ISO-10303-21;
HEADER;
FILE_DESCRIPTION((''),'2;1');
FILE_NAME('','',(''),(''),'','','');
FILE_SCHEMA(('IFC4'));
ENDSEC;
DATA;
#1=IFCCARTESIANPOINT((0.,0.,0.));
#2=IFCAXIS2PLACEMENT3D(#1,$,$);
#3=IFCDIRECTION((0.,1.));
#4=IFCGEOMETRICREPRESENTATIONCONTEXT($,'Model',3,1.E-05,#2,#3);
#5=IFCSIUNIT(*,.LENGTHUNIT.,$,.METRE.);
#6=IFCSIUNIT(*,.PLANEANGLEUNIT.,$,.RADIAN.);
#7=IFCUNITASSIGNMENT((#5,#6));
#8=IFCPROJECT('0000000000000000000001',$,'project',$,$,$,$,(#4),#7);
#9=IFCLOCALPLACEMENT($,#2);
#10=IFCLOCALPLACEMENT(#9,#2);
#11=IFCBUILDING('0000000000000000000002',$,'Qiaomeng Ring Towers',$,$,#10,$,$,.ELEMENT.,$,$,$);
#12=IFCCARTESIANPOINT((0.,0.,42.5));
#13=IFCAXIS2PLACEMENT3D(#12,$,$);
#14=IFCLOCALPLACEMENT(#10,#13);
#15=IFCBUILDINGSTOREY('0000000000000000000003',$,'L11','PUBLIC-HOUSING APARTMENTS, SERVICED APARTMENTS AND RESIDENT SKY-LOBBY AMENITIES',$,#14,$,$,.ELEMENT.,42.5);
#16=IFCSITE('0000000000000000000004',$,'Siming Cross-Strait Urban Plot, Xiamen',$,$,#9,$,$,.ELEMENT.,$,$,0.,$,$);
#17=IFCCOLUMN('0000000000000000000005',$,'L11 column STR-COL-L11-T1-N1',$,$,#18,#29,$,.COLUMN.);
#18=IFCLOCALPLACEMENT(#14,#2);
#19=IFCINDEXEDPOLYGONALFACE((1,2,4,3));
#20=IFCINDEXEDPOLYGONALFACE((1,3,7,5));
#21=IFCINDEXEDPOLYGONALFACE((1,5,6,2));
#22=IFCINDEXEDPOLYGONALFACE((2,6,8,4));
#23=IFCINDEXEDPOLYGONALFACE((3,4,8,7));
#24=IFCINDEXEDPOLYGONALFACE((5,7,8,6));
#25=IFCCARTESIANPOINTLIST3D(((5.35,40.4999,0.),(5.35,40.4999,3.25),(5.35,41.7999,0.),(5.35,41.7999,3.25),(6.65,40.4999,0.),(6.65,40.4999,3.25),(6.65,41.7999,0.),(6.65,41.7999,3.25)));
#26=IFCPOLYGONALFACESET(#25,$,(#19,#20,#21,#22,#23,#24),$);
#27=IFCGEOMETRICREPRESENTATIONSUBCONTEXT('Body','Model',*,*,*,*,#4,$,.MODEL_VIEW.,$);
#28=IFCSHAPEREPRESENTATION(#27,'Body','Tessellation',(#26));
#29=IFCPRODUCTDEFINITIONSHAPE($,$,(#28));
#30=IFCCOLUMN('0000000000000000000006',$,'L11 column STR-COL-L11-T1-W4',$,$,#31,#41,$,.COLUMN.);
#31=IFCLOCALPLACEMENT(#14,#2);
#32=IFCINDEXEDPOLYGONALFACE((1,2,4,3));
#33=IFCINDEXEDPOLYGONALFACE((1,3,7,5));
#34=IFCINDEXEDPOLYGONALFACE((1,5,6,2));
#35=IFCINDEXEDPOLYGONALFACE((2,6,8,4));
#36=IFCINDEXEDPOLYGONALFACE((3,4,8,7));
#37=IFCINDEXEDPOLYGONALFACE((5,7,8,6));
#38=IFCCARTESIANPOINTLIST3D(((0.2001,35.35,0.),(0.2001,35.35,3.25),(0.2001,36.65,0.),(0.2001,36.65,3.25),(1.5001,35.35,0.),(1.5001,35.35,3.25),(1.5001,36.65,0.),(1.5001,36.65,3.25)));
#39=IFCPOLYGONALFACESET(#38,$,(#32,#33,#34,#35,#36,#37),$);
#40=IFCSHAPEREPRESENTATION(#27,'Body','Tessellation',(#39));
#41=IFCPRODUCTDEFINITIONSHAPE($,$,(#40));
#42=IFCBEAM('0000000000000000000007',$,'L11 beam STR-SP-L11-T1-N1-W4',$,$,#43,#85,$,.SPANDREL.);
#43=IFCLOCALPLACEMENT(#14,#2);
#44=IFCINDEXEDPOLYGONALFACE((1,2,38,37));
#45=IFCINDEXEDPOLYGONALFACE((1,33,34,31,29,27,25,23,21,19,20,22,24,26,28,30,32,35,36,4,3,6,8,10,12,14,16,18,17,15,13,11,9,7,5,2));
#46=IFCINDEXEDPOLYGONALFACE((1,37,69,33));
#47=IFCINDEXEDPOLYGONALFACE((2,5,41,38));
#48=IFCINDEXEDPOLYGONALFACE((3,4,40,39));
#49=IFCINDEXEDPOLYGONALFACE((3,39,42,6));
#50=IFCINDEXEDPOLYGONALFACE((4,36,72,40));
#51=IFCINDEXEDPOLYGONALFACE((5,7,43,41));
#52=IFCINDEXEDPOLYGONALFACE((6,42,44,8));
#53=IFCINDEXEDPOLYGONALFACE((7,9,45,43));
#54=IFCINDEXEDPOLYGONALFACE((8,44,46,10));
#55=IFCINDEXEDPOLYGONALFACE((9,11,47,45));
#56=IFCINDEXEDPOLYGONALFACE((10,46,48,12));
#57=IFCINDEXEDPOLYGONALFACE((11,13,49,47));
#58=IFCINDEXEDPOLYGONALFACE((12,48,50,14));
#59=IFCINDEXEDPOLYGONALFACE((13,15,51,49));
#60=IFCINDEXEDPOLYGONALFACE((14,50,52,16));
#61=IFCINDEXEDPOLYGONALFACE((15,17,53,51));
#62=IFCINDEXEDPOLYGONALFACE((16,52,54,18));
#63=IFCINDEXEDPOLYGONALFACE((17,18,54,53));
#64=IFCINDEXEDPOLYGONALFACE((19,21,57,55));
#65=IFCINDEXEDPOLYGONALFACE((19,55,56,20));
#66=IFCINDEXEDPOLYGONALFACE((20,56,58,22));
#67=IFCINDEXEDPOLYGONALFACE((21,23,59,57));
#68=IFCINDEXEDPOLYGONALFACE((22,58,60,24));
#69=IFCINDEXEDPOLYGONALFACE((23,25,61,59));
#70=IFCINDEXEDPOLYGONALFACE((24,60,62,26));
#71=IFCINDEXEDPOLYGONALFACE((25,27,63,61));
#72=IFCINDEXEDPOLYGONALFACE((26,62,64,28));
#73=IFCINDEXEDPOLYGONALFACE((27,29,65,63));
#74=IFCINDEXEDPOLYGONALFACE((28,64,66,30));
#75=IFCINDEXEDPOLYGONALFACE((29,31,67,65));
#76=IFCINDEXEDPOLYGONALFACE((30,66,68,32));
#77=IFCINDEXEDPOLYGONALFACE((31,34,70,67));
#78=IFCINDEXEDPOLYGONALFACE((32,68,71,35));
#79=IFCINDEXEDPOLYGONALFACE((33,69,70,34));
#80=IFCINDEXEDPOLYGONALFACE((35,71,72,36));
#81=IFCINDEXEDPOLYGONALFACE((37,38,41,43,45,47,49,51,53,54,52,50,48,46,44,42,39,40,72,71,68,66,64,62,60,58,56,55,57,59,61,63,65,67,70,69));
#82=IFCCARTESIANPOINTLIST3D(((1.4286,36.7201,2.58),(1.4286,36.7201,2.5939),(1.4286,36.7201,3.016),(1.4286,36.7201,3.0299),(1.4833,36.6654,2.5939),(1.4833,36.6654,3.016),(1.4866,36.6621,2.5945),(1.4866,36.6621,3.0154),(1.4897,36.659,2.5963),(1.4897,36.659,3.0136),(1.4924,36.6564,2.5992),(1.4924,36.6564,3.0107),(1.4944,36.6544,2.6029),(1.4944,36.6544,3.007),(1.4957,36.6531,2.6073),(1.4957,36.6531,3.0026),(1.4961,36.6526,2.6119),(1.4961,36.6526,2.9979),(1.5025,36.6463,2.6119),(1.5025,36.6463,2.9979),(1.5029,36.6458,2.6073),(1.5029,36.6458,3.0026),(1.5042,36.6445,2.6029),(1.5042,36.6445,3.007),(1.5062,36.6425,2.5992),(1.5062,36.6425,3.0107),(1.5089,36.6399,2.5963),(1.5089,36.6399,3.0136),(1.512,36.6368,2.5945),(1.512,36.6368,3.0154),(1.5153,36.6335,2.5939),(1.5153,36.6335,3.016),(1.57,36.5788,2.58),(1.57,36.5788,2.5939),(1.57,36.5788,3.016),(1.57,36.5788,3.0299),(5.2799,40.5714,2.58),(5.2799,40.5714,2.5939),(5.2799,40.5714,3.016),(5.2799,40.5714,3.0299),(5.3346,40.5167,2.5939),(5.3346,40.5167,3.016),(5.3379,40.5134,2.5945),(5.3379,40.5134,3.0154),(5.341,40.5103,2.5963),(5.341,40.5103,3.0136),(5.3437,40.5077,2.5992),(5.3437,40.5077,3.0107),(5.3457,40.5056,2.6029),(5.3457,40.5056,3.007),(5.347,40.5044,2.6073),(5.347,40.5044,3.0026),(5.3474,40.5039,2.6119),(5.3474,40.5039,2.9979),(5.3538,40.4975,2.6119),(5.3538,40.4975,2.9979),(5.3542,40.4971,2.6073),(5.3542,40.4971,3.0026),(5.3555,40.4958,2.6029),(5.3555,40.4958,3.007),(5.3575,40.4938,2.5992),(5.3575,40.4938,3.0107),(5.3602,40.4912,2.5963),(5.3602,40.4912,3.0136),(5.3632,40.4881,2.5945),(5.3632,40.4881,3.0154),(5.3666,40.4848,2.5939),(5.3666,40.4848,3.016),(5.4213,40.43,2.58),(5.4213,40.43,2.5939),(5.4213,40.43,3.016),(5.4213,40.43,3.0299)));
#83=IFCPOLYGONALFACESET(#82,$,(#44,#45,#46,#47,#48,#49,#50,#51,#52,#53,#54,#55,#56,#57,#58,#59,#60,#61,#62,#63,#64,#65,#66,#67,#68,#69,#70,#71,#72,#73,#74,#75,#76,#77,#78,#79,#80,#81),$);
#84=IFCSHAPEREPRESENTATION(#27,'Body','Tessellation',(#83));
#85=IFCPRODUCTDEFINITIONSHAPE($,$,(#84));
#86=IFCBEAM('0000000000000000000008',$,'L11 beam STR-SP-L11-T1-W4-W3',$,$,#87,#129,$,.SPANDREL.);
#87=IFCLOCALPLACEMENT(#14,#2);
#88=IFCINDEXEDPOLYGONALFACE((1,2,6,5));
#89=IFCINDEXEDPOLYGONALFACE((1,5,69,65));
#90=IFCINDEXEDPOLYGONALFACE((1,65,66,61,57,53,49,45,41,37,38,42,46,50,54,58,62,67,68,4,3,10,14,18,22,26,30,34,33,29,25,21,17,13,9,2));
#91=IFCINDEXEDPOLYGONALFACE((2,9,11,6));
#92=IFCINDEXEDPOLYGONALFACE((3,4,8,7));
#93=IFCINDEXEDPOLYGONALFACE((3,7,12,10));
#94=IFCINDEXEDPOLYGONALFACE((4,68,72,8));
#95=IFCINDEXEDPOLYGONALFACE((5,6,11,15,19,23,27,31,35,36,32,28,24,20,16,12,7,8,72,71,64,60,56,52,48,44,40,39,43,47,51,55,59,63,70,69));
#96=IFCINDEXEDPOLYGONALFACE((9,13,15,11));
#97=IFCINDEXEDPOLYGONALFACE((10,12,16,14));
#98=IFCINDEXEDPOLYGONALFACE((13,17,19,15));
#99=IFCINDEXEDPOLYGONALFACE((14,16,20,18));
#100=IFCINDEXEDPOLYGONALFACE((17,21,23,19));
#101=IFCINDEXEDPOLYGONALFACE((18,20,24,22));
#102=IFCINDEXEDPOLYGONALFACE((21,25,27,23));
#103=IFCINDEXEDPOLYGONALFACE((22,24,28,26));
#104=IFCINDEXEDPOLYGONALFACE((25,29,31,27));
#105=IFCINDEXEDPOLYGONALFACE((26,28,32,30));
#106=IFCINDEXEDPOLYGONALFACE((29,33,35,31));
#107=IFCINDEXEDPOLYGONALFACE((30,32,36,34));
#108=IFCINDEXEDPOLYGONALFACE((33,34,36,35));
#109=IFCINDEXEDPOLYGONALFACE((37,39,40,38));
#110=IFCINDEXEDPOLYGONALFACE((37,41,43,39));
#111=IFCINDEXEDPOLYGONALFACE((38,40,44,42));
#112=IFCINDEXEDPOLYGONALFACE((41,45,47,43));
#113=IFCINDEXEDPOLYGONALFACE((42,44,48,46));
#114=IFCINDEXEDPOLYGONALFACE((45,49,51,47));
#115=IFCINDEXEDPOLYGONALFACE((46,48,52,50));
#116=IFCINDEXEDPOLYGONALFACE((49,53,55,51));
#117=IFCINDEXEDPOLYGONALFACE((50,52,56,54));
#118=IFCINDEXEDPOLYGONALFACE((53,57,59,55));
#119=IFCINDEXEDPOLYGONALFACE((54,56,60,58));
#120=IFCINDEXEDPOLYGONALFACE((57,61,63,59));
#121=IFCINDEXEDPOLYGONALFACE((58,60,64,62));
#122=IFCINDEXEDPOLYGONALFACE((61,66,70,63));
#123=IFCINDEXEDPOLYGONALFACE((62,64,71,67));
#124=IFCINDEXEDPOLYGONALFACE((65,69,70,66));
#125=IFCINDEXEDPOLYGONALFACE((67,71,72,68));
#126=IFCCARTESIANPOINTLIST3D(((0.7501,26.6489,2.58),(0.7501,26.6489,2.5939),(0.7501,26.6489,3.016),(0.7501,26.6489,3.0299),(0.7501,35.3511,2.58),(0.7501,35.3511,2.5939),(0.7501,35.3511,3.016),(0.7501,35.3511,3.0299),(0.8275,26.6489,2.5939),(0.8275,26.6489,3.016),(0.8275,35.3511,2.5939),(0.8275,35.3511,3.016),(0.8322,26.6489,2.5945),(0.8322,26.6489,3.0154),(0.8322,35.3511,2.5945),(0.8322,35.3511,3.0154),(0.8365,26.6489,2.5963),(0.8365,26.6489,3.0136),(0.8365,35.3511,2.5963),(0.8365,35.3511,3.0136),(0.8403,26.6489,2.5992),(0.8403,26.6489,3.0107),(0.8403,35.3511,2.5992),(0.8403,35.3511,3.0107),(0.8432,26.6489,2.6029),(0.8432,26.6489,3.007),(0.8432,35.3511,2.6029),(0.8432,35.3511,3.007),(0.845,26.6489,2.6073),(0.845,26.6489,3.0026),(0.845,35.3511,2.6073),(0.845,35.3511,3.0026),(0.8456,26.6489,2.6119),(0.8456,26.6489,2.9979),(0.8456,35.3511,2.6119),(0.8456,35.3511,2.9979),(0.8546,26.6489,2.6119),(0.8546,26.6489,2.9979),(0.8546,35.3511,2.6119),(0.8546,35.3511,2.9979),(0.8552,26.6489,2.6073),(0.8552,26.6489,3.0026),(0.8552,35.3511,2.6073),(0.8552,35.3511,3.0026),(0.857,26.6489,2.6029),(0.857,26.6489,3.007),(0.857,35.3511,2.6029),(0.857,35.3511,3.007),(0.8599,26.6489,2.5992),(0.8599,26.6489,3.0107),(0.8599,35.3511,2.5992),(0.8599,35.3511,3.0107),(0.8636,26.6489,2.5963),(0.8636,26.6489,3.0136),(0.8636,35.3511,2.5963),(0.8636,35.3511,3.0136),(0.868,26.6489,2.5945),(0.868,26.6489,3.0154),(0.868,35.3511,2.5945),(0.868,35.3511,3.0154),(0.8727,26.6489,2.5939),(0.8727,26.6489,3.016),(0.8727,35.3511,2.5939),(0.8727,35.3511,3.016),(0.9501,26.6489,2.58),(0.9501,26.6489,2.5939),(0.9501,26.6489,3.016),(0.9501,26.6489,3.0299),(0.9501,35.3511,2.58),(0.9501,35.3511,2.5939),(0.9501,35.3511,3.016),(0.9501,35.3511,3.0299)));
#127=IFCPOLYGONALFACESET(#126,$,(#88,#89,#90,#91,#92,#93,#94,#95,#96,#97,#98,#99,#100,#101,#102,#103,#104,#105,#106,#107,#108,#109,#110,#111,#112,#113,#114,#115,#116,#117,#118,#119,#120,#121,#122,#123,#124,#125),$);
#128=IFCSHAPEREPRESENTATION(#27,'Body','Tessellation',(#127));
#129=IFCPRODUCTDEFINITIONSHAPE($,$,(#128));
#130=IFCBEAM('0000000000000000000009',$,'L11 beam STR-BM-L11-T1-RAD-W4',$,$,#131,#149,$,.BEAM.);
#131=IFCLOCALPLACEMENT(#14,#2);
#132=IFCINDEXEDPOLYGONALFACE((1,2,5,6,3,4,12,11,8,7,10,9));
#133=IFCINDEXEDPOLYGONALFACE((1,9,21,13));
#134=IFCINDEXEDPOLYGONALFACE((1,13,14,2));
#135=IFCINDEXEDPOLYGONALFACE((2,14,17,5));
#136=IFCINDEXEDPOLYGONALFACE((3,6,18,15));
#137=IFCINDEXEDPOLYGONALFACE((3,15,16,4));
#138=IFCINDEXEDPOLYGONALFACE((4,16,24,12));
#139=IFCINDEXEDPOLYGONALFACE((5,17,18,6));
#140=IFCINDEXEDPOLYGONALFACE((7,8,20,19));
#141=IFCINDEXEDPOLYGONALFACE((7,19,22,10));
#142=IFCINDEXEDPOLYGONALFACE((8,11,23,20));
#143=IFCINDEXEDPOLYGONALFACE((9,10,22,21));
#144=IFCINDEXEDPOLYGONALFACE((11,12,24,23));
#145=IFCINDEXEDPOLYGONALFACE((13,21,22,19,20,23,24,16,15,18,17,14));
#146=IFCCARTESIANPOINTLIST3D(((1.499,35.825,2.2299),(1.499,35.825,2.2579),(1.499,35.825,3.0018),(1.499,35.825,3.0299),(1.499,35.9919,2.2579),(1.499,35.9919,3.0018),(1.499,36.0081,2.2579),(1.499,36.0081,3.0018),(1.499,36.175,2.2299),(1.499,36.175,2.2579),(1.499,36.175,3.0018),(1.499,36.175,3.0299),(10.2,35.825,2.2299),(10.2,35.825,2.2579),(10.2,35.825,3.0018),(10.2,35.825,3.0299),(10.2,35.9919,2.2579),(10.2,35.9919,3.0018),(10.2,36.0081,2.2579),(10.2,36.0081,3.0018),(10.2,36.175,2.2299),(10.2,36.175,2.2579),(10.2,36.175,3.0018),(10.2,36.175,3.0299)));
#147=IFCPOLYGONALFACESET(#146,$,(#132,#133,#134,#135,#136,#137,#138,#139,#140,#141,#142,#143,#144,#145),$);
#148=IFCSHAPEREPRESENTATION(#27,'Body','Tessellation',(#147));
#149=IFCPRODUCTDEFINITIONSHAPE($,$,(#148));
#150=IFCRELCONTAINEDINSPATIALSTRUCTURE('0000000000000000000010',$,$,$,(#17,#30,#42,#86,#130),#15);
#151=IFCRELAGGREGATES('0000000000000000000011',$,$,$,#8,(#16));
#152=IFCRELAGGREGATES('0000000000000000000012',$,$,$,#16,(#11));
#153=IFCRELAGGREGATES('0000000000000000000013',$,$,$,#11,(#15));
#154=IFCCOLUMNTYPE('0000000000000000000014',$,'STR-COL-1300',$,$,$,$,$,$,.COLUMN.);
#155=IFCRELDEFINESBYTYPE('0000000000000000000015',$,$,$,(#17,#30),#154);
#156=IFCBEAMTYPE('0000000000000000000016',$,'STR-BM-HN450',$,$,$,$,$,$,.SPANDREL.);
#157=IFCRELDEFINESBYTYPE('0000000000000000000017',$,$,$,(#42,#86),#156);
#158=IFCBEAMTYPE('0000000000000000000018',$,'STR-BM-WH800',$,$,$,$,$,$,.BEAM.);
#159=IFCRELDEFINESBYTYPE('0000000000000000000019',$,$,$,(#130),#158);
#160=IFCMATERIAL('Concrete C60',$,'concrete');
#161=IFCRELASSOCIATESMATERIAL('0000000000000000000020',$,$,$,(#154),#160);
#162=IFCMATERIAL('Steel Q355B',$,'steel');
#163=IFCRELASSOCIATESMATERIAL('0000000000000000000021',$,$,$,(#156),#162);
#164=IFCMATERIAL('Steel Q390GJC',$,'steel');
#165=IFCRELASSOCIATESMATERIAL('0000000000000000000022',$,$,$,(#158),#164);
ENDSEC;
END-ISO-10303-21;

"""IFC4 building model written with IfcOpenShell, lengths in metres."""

from ifc_helpers import new_model, si_unit, direction, frame, origin, origin_2d, place, context, subcontext, project, spatial, rectangle, i_section, extrude, source, transform, mapped, material, material_profile, profile_set, type_object, element, save


model = new_model("IFC4")

# Units and contexts
model_context = context("Model", 3, precision=1e-05, world=origin(), true_north=direction((0.0, 1.0)))
body_context = subcontext(model_context, "Body", "Model", "MODEL_VIEW")
ifc_project = project(units=[si_unit("LENGTHUNIT", "METRE"), si_unit("PLANEANGLEUNIT", "RADIAN")], contexts=[model_context])

# Site, building, storey
site_placement = place(None, origin())
site = spatial("IfcSite", under=ifc_project, at=site_placement, Name="Siming Cross-Strait Urban Plot, Xiamen", CompositionType="ELEMENT", RefElevation=0.0)
building_placement = place(site_placement, origin())
building = spatial("IfcBuilding", under=site, at=building_placement, Name="Qiaomeng Ring Towers", CompositionType="ELEMENT")
storey_placement = place(building_placement, frame((0.0, 0.0, 42.5)))
storey = spatial("IfcBuildingStorey", under=building, at=storey_placement, Name="L11", Description="PUBLIC-HOUSING APARTMENTS, SERVICED APARTMENTS AND RESIDENT SKY-LOBBY AMENITIES", CompositionType="ELEMENT", Elevation=42.5)

# Columns
ifc_material_1 = material(Name="Concrete C60", Category="concrete")
ifc_material_profile_1 = material_profile(ifc_material_1, rectangle(XDim=1.3, YDim=1.3, at=origin_2d()), Name="RC COL 1300x1300")
ifc_profile_set_1 = profile_set([ifc_material_profile_1], Name="Concrete C60")
column_type = type_object("IfcColumnType", Name="STR-COL-1300", PredefinedType="COLUMN", material=ifc_profile_set_1)
shared_shape_1 = source(origin(), body_context, "Body", "SweptSolid", [
    extrude(rectangle(XDim=1.3, YDim=1.3, at=origin_2d()), origin(), (0.0, 0.0, 1.0), 3.25),
])
for number, where, z_axis, x_axis, name in (
    (1, (6.0, 41.1499, 0.0), (0.0, 0.0, 1.0), (1.0, 0.0, 0.0), "L11 column STR-COL-L11-T1-N1"),
    (2, (0.8501, 36.0, 0.0), (0.0, 0.0, 1.0), (1.0, 0.0, 0.0), "L11 column STR-COL-L11-T1-W4"),
):
    element("IfcColumn", number, at=place(storey_placement, frame(where, z_axis=z_axis, x_axis=x_axis)), inside=storey, type_object=column_type, Name=name, PredefinedType="COLUMN", context=body_context, shape_type="MappedRepresentation", body=[
        mapped(shared_shape_1, transform((0.0, 0.0, 0.0), x_axis=(1.0, 0.0, 0.0), y_axis=(0.0, 1.0, 0.0), z_axis=(0.0, 0.0, 1.0), scale=1.0)),
    ])

# Beams
ifc_material_2 = material(Name="Steel Q355B", Category="steel")
ifc_material_profile_2 = material_profile(ifc_material_2, i_section(OverallWidth=0.2, OverallDepth=0.45, WebThickness=0.009, FlangeThickness=0.0139, FilletRadius=0.0181, at=origin_2d()), Name="HN 450x200x9x14")
ifc_profile_set_2 = profile_set([ifc_material_profile_2], Name="Steel Q355B")
beam_type_1 = type_object("IfcBeamType", Name="STR-BM-HN450", PredefinedType="SPANDREL", material=ifc_profile_set_2)
shared_shape_2 = source(origin(), body_context, "Body", "SweptSolid", [
    extrude(i_section(OverallWidth=0.2, OverallDepth=0.45, WebThickness=0.009, FlangeThickness=0.0139, FilletRadius=0.0181, at=origin_2d()), origin(), (0.0, 0.0, 1.0), 5.4465),
])
beam_1_placement = place(storey_placement, frame((5.3506, 40.5007, 2.8049), z_axis=(-0.707107, -0.707107, 0.0), x_axis=(0.707107, -0.707107, 0.0)))
element("IfcBeam", 3, at=beam_1_placement, inside=storey, type_object=beam_type_1, Name="L11 beam STR-SP-L11-T1-N1-W4", PredefinedType="SPANDREL", context=body_context, shape_type="MappedRepresentation", body=[
    mapped(shared_shape_2, transform((0.0, 0.0, 0.0), x_axis=(1.0, 0.0, 0.0), y_axis=(0.0, 1.0, 0.0), z_axis=(0.0, 0.0, 1.0), scale=1.0)),
])
shared_shape_3 = source(origin(), body_context, "Body", "SweptSolid", [
    extrude(i_section(OverallWidth=0.2, OverallDepth=0.45, WebThickness=0.009, FlangeThickness=0.0139, FilletRadius=0.0181, at=origin_2d()), origin(), (0.0, 0.0, 1.0), 8.7021),
])
beam_2_placement = place(storey_placement, frame((0.8501, 35.3511, 2.8049), z_axis=(0.0, -1.0, 0.0), x_axis=(1.0, 0.0, 0.0)))
element("IfcBeam", 4, at=beam_2_placement, inside=storey, type_object=beam_type_1, Name="L11 beam STR-SP-L11-T1-W4-W3", PredefinedType="SPANDREL", context=body_context, shape_type="MappedRepresentation", body=[
    mapped(shared_shape_3, transform((0.0, 0.0, 0.0), x_axis=(1.0, 0.0, 0.0), y_axis=(0.0, 1.0, 0.0), z_axis=(0.0, 0.0, 1.0), scale=1.0)),
])
ifc_material_3 = material(Name="Steel Q390GJC", Category="steel")
ifc_material_profile_3 = material_profile(ifc_material_3, i_section(OverallWidth=0.3501, OverallDepth=0.8, WebThickness=0.0161, FlangeThickness=0.0281, at=origin_2d()), Name="WH 800x350x16x28")
ifc_profile_set_3 = profile_set([ifc_material_profile_3], Name="Steel Q390GJC")
beam_type_2 = type_object("IfcBeamType", Name="STR-BM-WH800", PredefinedType="BEAM", material=ifc_profile_set_3)
shared_shape_4 = source(origin(), body_context, "Body", "SweptSolid", [
    extrude(i_section(OverallWidth=0.3501, OverallDepth=0.8, WebThickness=0.0161, FlangeThickness=0.0281, at=origin_2d()), origin(), (0.0, 0.0, 1.0), 8.7009),
])
beam_3_placement = place(storey_placement, frame((1.499, 36.0, 2.6299), z_axis=(1.0, 0.0, 0.0), x_axis=(0.0, 1.0, 0.0)))
element("IfcBeam", 5, at=beam_3_placement, inside=storey, type_object=beam_type_2, Name="L11 beam STR-BM-L11-T1-RAD-W4", PredefinedType="BEAM", context=body_context, shape_type="MappedRepresentation", body=[
    mapped(shared_shape_4, transform((0.0, 0.0, 0.0), x_axis=(1.0, 0.0, 0.0), y_axis=(0.0, 1.0, 0.0), z_axis=(0.0, 0.0, 1.0), scale=1.0)),
])

save(model, "model.ifc")
